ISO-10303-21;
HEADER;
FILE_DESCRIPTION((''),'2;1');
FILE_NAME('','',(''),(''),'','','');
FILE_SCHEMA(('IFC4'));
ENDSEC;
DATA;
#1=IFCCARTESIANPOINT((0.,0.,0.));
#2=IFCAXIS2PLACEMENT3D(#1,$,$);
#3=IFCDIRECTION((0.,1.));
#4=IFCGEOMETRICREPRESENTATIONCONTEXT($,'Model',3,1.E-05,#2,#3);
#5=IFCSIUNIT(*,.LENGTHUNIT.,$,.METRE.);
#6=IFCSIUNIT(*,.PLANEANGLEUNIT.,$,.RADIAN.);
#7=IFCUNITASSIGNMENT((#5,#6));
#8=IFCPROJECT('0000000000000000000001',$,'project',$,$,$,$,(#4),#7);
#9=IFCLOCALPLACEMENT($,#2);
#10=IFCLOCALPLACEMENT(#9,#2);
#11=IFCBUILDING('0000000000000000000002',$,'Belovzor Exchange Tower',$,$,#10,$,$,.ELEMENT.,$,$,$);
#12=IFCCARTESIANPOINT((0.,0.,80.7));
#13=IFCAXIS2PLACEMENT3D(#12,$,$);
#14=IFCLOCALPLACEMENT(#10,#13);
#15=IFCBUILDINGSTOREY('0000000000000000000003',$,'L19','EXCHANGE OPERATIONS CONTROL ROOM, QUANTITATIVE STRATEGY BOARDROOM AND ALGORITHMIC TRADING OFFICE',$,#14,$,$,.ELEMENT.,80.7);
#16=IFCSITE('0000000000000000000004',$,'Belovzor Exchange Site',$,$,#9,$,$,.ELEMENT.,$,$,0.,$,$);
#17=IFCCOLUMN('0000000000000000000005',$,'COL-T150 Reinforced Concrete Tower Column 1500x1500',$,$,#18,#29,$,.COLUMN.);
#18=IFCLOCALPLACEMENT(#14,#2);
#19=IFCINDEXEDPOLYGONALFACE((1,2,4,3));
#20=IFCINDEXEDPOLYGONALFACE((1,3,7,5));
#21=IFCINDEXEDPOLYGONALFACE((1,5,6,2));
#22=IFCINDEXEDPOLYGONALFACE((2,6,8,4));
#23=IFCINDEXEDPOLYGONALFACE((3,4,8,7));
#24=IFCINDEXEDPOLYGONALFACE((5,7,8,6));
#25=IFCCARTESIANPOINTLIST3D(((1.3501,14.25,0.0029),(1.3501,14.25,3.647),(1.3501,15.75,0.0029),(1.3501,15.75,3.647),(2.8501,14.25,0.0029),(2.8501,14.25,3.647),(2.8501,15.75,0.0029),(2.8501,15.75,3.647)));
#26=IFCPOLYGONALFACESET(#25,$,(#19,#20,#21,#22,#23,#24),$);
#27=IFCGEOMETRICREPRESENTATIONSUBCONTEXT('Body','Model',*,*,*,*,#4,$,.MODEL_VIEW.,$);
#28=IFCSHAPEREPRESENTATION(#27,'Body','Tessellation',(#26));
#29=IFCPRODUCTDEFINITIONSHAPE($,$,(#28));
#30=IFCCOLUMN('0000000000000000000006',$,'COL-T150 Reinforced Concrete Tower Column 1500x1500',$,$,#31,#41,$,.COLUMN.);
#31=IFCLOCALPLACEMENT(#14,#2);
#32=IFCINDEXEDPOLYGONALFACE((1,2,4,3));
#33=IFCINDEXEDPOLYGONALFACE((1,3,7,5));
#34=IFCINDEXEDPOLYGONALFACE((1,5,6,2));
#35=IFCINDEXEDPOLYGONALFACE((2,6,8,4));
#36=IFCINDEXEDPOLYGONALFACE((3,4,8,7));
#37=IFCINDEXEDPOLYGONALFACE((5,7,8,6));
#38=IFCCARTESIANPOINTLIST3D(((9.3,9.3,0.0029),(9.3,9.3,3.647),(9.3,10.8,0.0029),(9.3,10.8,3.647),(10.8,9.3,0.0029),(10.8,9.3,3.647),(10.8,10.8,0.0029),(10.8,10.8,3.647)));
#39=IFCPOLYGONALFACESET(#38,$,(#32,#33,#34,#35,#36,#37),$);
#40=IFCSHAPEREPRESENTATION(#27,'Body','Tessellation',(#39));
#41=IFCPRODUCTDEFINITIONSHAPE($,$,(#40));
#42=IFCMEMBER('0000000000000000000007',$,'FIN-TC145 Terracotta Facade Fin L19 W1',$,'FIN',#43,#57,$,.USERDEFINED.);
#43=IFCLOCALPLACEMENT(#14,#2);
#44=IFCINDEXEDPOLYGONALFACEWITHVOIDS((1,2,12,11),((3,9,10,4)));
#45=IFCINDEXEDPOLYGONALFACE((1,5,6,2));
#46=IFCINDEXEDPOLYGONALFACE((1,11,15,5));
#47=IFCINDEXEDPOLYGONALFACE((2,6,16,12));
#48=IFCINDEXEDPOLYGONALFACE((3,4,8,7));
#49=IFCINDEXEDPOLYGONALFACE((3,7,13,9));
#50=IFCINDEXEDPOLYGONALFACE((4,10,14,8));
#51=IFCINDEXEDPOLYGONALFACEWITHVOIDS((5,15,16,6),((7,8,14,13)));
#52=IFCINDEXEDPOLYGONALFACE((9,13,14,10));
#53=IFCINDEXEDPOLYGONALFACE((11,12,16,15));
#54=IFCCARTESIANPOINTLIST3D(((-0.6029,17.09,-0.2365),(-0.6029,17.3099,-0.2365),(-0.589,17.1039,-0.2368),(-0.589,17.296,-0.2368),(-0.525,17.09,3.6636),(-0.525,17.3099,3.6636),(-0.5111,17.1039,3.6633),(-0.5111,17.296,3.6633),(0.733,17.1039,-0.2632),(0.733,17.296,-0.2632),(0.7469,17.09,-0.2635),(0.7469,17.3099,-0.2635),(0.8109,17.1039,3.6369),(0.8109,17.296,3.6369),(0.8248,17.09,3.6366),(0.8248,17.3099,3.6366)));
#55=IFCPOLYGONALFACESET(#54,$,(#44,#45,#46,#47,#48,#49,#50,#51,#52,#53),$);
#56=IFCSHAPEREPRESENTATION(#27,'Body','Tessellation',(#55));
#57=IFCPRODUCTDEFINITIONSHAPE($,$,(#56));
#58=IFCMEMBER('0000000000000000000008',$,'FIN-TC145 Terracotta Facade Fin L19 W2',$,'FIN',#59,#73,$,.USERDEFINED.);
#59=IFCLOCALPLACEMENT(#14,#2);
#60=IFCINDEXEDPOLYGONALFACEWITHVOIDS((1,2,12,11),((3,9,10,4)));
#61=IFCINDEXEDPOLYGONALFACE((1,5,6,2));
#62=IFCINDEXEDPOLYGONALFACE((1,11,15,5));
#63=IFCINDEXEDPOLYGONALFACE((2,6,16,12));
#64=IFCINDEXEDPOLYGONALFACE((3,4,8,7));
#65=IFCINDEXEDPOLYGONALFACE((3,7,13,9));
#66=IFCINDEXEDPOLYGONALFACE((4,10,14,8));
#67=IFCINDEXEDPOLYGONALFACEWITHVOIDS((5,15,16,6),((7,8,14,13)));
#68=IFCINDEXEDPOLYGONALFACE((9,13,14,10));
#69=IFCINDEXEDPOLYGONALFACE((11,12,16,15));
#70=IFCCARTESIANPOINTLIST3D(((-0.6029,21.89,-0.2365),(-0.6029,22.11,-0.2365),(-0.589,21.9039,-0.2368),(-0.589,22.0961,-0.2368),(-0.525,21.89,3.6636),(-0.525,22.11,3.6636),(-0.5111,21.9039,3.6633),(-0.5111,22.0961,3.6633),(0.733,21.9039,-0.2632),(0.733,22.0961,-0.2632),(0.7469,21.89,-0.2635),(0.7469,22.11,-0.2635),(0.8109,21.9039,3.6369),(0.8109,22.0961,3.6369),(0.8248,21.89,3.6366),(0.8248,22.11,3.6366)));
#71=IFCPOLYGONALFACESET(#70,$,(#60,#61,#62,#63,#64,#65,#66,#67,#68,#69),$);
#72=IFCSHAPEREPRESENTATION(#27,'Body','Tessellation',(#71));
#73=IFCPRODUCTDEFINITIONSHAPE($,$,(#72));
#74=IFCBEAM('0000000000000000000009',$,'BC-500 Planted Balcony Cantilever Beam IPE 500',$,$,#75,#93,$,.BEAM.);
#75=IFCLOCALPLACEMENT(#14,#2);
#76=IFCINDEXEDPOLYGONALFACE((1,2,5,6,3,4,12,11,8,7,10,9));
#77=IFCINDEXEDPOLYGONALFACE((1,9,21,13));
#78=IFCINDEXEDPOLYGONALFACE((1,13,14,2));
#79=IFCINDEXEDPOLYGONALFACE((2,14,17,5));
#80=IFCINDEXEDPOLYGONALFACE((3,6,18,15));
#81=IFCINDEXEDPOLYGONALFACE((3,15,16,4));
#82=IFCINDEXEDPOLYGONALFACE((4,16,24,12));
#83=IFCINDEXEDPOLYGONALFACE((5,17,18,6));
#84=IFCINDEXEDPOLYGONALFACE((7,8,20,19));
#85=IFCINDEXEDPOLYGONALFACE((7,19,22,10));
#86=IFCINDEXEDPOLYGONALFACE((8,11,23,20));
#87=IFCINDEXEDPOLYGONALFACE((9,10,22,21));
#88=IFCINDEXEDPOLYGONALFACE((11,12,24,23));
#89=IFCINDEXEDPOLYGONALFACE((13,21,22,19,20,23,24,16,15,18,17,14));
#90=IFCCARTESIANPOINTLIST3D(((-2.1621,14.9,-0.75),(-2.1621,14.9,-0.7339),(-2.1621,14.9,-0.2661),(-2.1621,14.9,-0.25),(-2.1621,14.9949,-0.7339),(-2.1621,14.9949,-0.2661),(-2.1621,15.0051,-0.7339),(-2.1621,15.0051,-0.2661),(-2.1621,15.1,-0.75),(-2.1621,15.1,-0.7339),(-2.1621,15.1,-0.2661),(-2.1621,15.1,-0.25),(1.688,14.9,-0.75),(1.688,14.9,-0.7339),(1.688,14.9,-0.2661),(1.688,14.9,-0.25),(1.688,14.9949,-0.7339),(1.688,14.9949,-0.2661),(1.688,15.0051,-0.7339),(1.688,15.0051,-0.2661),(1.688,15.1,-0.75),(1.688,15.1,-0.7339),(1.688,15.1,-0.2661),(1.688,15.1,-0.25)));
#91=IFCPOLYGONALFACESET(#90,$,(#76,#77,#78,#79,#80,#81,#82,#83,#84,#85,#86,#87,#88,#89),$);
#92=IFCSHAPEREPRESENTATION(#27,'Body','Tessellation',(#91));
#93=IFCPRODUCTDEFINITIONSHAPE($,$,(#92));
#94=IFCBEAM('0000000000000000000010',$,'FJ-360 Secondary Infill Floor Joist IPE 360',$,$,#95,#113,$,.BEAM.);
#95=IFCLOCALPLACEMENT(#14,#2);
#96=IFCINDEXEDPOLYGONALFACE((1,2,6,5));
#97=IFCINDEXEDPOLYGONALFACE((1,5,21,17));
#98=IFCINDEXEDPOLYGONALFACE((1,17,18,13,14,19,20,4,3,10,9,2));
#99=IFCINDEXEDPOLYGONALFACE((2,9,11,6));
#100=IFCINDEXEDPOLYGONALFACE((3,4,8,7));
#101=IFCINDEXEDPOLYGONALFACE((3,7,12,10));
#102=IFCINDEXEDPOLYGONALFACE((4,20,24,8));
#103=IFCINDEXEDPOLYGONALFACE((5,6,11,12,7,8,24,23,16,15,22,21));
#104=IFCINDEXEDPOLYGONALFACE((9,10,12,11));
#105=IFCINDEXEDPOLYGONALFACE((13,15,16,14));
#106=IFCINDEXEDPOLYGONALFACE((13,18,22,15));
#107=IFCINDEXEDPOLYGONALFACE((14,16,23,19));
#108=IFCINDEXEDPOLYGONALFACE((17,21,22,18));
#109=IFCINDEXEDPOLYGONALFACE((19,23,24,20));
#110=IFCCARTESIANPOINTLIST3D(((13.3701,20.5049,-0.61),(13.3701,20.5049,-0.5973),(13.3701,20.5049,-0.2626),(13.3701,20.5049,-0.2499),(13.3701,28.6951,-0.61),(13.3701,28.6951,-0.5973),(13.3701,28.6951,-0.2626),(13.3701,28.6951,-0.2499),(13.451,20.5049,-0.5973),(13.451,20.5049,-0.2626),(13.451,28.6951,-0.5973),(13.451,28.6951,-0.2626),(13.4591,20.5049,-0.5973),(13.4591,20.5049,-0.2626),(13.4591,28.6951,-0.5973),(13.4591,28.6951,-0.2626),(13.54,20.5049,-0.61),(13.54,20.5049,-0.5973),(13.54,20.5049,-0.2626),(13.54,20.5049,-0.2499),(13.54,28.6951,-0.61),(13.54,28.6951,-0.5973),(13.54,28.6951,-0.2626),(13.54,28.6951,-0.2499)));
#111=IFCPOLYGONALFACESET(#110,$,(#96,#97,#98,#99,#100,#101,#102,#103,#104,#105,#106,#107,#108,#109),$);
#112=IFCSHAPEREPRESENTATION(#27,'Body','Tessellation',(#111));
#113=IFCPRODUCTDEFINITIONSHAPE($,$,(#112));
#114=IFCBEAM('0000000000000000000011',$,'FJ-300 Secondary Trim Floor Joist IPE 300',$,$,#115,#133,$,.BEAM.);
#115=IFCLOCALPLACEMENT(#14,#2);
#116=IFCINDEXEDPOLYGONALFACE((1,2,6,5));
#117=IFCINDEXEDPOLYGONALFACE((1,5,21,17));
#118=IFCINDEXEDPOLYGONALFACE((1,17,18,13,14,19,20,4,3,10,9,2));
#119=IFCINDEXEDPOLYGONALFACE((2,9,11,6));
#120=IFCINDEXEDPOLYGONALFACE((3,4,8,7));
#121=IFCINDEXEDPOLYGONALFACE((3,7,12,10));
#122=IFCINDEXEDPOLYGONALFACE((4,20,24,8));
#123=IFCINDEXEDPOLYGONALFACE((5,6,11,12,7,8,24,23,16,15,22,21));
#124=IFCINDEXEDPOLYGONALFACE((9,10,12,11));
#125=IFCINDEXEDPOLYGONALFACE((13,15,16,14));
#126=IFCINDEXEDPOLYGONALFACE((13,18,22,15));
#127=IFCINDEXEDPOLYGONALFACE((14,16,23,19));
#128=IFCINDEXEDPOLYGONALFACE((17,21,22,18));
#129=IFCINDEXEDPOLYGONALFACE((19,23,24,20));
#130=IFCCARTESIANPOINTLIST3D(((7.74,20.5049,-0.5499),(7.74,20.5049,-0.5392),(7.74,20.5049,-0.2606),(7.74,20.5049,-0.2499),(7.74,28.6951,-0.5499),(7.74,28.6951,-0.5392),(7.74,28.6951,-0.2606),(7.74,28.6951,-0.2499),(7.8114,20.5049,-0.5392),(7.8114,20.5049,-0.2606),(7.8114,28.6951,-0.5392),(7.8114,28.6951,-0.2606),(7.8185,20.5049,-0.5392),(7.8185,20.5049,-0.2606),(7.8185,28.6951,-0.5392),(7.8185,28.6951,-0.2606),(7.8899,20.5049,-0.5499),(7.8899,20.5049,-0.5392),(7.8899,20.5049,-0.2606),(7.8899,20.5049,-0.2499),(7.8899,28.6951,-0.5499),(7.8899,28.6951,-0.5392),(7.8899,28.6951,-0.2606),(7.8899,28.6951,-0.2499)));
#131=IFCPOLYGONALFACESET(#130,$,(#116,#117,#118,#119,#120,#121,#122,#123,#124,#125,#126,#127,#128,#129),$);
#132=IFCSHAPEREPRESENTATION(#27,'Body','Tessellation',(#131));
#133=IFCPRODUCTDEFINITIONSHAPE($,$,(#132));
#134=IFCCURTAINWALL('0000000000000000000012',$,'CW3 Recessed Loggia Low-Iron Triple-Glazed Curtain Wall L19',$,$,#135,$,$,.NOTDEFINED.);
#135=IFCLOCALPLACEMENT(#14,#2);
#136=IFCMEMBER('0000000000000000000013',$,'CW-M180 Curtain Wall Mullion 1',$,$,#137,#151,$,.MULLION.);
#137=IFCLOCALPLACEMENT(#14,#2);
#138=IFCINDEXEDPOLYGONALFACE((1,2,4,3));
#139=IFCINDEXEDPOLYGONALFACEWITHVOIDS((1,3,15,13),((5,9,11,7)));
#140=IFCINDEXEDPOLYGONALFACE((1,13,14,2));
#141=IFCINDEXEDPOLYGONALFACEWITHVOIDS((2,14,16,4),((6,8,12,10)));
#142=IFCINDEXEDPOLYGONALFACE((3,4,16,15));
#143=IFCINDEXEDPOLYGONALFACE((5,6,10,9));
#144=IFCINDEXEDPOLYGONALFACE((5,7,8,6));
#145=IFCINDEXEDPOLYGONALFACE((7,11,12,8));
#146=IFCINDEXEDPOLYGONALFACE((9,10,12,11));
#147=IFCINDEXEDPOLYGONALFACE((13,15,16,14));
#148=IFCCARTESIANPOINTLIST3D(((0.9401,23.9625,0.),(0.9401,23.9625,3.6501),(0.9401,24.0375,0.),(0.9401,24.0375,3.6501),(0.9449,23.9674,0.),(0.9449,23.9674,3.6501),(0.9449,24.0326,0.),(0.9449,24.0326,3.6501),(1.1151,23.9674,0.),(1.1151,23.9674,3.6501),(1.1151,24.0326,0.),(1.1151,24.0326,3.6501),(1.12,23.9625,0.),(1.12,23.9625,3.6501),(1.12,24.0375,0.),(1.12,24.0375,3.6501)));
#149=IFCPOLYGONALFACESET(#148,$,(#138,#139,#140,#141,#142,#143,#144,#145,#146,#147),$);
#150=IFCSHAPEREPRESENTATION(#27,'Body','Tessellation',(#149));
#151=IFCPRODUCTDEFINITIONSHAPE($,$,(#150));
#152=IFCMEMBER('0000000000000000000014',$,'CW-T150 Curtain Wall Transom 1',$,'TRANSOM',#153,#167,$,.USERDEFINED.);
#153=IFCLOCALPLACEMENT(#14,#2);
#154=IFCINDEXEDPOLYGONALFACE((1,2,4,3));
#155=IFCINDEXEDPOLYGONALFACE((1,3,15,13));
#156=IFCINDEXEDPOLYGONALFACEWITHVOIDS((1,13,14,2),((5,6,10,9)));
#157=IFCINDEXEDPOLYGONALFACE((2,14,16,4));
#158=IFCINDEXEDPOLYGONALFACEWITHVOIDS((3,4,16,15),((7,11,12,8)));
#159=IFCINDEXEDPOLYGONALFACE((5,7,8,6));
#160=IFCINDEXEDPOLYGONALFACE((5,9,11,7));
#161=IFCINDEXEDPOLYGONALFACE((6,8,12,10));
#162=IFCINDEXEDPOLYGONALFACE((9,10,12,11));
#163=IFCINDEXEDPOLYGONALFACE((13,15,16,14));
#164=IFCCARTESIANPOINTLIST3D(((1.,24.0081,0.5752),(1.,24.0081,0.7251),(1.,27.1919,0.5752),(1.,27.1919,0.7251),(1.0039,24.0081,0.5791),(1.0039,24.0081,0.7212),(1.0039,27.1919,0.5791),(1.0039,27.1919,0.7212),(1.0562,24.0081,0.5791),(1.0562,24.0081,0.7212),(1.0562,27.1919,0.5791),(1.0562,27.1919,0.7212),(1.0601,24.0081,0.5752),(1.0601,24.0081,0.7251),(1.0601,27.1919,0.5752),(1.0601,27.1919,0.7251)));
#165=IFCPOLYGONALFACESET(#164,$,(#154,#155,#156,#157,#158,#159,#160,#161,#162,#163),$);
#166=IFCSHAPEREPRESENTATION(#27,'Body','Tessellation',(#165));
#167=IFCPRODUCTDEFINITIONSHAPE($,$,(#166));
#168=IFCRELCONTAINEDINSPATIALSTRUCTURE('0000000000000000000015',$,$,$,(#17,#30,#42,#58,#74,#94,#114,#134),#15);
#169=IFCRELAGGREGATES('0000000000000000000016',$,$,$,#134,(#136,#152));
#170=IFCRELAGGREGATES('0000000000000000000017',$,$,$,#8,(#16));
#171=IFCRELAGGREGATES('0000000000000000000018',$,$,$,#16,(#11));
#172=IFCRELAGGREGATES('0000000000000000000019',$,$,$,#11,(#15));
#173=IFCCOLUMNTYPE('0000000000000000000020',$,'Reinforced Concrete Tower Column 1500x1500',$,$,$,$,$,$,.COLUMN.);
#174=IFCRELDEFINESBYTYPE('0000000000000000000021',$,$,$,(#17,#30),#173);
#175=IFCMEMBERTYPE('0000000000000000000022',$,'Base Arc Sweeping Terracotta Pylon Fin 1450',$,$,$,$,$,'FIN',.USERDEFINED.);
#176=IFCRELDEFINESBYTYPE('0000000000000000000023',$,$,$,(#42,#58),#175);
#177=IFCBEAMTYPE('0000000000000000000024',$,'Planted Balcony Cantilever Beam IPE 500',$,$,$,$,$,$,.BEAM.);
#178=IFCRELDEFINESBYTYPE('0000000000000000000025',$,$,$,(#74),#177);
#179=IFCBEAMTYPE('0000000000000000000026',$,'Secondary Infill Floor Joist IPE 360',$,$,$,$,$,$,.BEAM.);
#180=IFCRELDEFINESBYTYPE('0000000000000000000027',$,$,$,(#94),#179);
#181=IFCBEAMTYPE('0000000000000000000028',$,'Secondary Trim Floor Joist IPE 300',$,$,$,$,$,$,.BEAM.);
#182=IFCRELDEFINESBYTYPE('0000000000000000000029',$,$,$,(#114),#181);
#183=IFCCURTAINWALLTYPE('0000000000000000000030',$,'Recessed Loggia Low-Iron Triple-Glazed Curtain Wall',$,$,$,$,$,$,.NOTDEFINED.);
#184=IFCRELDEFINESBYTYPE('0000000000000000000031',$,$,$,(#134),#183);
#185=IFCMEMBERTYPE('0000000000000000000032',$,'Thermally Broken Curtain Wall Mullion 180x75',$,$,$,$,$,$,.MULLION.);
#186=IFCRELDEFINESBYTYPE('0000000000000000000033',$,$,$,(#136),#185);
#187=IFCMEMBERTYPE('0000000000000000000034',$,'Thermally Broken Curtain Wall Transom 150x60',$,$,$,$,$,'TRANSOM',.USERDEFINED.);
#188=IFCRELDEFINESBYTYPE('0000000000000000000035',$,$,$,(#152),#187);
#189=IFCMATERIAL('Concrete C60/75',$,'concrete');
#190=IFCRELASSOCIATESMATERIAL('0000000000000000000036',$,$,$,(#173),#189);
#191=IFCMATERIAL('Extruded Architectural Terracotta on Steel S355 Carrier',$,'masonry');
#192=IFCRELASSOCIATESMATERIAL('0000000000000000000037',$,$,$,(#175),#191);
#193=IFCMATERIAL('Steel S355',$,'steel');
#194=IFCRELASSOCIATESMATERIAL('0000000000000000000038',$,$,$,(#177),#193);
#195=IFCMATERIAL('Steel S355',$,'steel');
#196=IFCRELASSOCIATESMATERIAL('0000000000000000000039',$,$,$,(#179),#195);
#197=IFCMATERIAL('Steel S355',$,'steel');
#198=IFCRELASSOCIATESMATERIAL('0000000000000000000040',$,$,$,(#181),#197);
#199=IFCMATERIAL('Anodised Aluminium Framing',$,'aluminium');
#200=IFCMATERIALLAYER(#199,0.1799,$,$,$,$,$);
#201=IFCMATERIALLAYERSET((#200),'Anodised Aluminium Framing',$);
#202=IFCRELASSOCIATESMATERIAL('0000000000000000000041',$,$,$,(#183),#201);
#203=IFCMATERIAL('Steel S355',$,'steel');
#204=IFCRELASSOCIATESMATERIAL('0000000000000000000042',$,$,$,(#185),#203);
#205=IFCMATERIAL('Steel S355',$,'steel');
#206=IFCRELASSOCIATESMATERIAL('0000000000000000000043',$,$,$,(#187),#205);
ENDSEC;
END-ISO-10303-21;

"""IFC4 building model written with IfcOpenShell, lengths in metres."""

from ifc_helpers import new_model, si_unit, direction, frame, origin, origin_2d, place, context, subcontext, project, spatial, rectangle, hollow_rectangle, i_section, extrude, material, layer, layer_set, material_profile, profile_set, type_object, element, aggregate, save


model = new_model("IFC4")

# Units and contexts
model_context = context("Model", 3, precision=1e-05, world=origin(), true_north=direction((0.0, 1.0)))
body_context = subcontext(model_context, "Body", "Model", "MODEL_VIEW")
ifc_project = project(units=[si_unit("LENGTHUNIT", "METRE"), si_unit("PLANEANGLEUNIT", "RADIAN")], contexts=[model_context])

# Site, building, storey
site_placement = place(None, origin())
site = spatial("IfcSite", under=ifc_project, at=site_placement, Name="Belovzor Exchange Site", CompositionType="ELEMENT", RefElevation=0.0)
building_placement = place(site_placement, origin())
building = spatial("IfcBuilding", under=site, at=building_placement, Name="Belovzor Exchange Tower", CompositionType="ELEMENT")
storey_placement = place(building_placement, frame((0.0, 0.0, 80.7)))
storey = spatial("IfcBuildingStorey", under=building, at=storey_placement, Name="L19", Description="EXCHANGE OPERATIONS CONTROL ROOM, QUANTITATIVE STRATEGY BOARDROOM AND ALGORITHMIC TRADING OFFICE", CompositionType="ELEMENT", Elevation=80.7)

# Columns
ifc_material_1 = material(Name="Concrete C60/75", Category="concrete")
ifc_material_profile_1 = material_profile(ifc_material_1, rectangle(XDim=1.5, YDim=1.5, at=origin_2d()))
ifc_profile_set_1 = profile_set([ifc_material_profile_1], Name="Concrete C60/75")
column_type = type_object("IfcColumnType", Name="Reinforced Concrete Tower Column 1500x1500", PredefinedType="COLUMN", material=ifc_profile_set_1)
for number, where, z_axis, x_axis, name in (
    (1, (2.1001, 15.0, 0.0029), (0.0, 0.0, 1.0), (1.0, 0.0, 0.0), "COL-T150 Reinforced Concrete Tower Column 1500x1500"),
    (2, (10.05, 10.05, 0.0029), (0.0, 0.0, 1.0), (1.0, 0.0, 0.0), "COL-T150 Reinforced Concrete Tower Column 1500x1500"),
):
    element("IfcColumn", number, at=place(storey_placement, frame(where, z_axis=z_axis, x_axis=x_axis)), inside=storey, type_object=column_type, Name=name, PredefinedType="COLUMN", context=body_context, shape_type="SweptSolid", body=[
        extrude(rectangle(XDim=1.5, YDim=1.5, at=origin_2d()), origin(), (0.0, 0.0, 1.0), 3.644),
    ])

# Members
ifc_material_2 = material(Name="Extruded Architectural Terracotta on Steel S355 Carrier", Category="masonry")
ifc_material_profile_2 = material_profile(ifc_material_2, hollow_rectangle(XDim=0.22, YDim=1.3501, WallThickness=0.0139, at=origin_2d()))
ifc_profile_set_2 = profile_set([ifc_material_profile_2], Name="Extruded Architectural Terracotta on Steel S355 Carrier")
member_type_1 = type_object("IfcMemberType", Name="Base Arc Sweeping Terracotta Pylon Fin 1450", ElementType="FIN", PredefinedType="USERDEFINED", material=ifc_profile_set_2)
for number, where, z_axis, x_axis, name in (
    (3, (0.072, 17.2, -0.25), (0.019965, 0.0, 0.999801), (0.0, 1.0, 0.0), "FIN-TC145 Terracotta Facade Fin L19 W1"),
    (4, (0.072, 22.0, -0.25), (0.019965, 0.0, 0.999801), (0.0, 1.0, 0.0), "FIN-TC145 Terracotta Facade Fin L19 W2"),
):
    element("IfcMember", number, at=place(storey_placement, frame(where, z_axis=z_axis, x_axis=x_axis)), inside=storey, type_object=member_type_1, Name=name, ObjectType="FIN", PredefinedType="USERDEFINED", context=body_context, shape_type="SweptSolid", body=[
        extrude(hollow_rectangle(XDim=0.22, YDim=1.3501, WallThickness=0.0139, at=origin_2d()), origin(), (0.0, 0.0, 1.0), 3.9009),
    ])

# Beams
ifc_material_3 = material(Name="Steel S355", Category="steel")
ifc_material_profile_3 = material_profile(ifc_material_3, i_section(OverallWidth=0.2, OverallDepth=0.5, WebThickness=0.0103, FlangeThickness=0.0161, at=origin_2d()))
ifc_profile_set_3 = profile_set([ifc_material_profile_3], Name="Steel S355")
beam_type_1 = type_object("IfcBeamType", Name="Planted Balcony Cantilever Beam IPE 500", PredefinedType="BEAM", material=ifc_profile_set_3)
beam_1_placement = place(storey_placement, frame((1.688, 15.0, -0.5), z_axis=(-1.0, 0.0, 0.0), x_axis=(0.0, -1.0, 0.0)))
element("IfcBeam", 5, at=beam_1_placement, inside=storey, type_object=beam_type_1, Name="BC-500 Planted Balcony Cantilever Beam IPE 500", PredefinedType="BEAM", context=body_context, shape_type="SweptSolid", body=[
    extrude(i_section(OverallWidth=0.2, OverallDepth=0.5, WebThickness=0.0103, FlangeThickness=0.0161, at=origin_2d()), origin(), (0.0, 0.0, 1.0), 3.8501),
])
ifc_material_4 = material(Name="Steel S355", Category="steel")
ifc_material_profile_4 = material_profile(ifc_material_4, i_section(OverallWidth=0.1699, OverallDepth=0.3601, WebThickness=0.0081, FlangeThickness=0.0127, at=origin_2d()))
ifc_profile_set_4 = profile_set([ifc_material_profile_4], Name="Steel S355")
beam_type_2 = type_object("IfcBeamType", Name="Secondary Infill Floor Joist IPE 360", PredefinedType="BEAM", material=ifc_profile_set_4)
beam_2_placement = place(storey_placement, frame((13.4551, 20.5049, -0.4299), z_axis=(0.0, 1.0, 0.0), x_axis=(-1.0, 0.0, 0.0)))
element("IfcBeam", 6, at=beam_2_placement, inside=storey, type_object=beam_type_2, Name="FJ-360 Secondary Infill Floor Joist IPE 360", PredefinedType="BEAM", context=body_context, shape_type="SweptSolid", body=[
    extrude(i_section(OverallWidth=0.1699, OverallDepth=0.3601, WebThickness=0.0081, FlangeThickness=0.0127, at=origin_2d()), origin(), (0.0, 0.0, 1.0), 8.1902),
])
ifc_material_5 = material(Name="Steel S355", Category="steel")
ifc_material_profile_5 = material_profile(ifc_material_5, i_section(OverallWidth=0.1499, OverallDepth=0.3, WebThickness=0.0071, FlangeThickness=0.0107, at=origin_2d()))
ifc_profile_set_5 = profile_set([ifc_material_profile_5], Name="Steel S355")
beam_type_3 = type_object("IfcBeamType", Name="Secondary Trim Floor Joist IPE 300", PredefinedType="BEAM", material=ifc_profile_set_5)
beam_3_placement = place(storey_placement, frame((7.8149, 20.5049, -0.3999), z_axis=(0.0, 1.0, 0.0), x_axis=(-1.0, 0.0, 0.0)))
element("IfcBeam", 7, at=beam_3_placement, inside=storey, type_object=beam_type_3, Name="FJ-300 Secondary Trim Floor Joist IPE 300", PredefinedType="BEAM", context=body_context, shape_type="SweptSolid", body=[
    extrude(i_section(OverallWidth=0.1499, OverallDepth=0.3, WebThickness=0.0071, FlangeThickness=0.0107, at=origin_2d()), origin(), (0.0, 0.0, 1.0), 8.1902),
])

# Curtain wall, members
ifc_material_6 = material(Name="Anodised Aluminium Framing", Category="aluminium")
ifc_layer_1 = layer(ifc_material_6, 0.1799)
ifc_layer_set_1 = layer_set([ifc_layer_1], Name="Anodised Aluminium Framing")
curtain_wall_type = type_object("IfcCurtainWallType", Name="Recessed Loggia Low-Iron Triple-Glazed Curtain Wall", PredefinedType="NOTDEFINED", material=ifc_layer_set_1)
curtain_wall_placement = place(storey_placement, origin())
curtain_wall = element("IfcCurtainWall", 8, at=curtain_wall_placement, inside=storey, type_object=curtain_wall_type, Name="CW3 Recessed Loggia Low-Iron Triple-Glazed Curtain Wall L19", PredefinedType="NOTDEFINED")
ifc_material_7 = material(Name="Steel S355", Category="steel")
ifc_material_profile_6 = material_profile(ifc_material_7, hollow_rectangle(XDim=0.075, YDim=0.1799, WallThickness=0.0049, at=origin_2d()))
ifc_profile_set_6 = profile_set([ifc_material_profile_6], Name="Steel S355")
member_type_2 = type_object("IfcMemberType", Name="Thermally Broken Curtain Wall Mullion 180x75", PredefinedType="MULLION", material=ifc_profile_set_6)
member_1_placement = place(storey_placement, frame((1.03, 24.0, 0.0), z_axis=(0.0, 0.0, 1.0), x_axis=(0.0, 1.0, 0.0)))
member_1 = element("IfcMember", 9, at=member_1_placement, type_object=member_type_2, Name="CW-M180 Curtain Wall Mullion 1", PredefinedType="MULLION", context=body_context, shape_type="SweptSolid", body=[
    extrude(hollow_rectangle(XDim=0.075, YDim=0.1799, WallThickness=0.0049, at=origin_2d()), origin(), (0.0, 0.0, 1.0), 3.6501),
])
ifc_material_8 = material(Name="Steel S355", Category="steel")
ifc_material_profile_7 = material_profile(ifc_material_8, hollow_rectangle(XDim=0.0601, YDim=0.1499, WallThickness=0.0039, at=origin_2d()))
ifc_profile_set_7 = profile_set([ifc_material_profile_7], Name="Steel S355")
member_type_3 = type_object("IfcMemberType", Name="Thermally Broken Curtain Wall Transom 150x60", ElementType="TRANSOM", PredefinedType="USERDEFINED", material=ifc_profile_set_7)
member_2_placement = place(storey_placement, frame((1.03, 24.0081, 0.6501), z_axis=(0.0, 1.0, 0.0), x_axis=(-1.0, 0.0, 0.0)))
member_2 = element("IfcMember", 10, at=member_2_placement, type_object=member_type_3, Name="CW-T150 Curtain Wall Transom 1", ObjectType="TRANSOM", PredefinedType="USERDEFINED", context=body_context, shape_type="SweptSolid", body=[
    extrude(hollow_rectangle(XDim=0.0601, YDim=0.1499, WallThickness=0.0039, at=origin_2d()), origin(), (0.0, 0.0, 1.0), 3.1838),
])

aggregate(curtain_wall, [member_1, member_2])

save(model, "model.ifc")
